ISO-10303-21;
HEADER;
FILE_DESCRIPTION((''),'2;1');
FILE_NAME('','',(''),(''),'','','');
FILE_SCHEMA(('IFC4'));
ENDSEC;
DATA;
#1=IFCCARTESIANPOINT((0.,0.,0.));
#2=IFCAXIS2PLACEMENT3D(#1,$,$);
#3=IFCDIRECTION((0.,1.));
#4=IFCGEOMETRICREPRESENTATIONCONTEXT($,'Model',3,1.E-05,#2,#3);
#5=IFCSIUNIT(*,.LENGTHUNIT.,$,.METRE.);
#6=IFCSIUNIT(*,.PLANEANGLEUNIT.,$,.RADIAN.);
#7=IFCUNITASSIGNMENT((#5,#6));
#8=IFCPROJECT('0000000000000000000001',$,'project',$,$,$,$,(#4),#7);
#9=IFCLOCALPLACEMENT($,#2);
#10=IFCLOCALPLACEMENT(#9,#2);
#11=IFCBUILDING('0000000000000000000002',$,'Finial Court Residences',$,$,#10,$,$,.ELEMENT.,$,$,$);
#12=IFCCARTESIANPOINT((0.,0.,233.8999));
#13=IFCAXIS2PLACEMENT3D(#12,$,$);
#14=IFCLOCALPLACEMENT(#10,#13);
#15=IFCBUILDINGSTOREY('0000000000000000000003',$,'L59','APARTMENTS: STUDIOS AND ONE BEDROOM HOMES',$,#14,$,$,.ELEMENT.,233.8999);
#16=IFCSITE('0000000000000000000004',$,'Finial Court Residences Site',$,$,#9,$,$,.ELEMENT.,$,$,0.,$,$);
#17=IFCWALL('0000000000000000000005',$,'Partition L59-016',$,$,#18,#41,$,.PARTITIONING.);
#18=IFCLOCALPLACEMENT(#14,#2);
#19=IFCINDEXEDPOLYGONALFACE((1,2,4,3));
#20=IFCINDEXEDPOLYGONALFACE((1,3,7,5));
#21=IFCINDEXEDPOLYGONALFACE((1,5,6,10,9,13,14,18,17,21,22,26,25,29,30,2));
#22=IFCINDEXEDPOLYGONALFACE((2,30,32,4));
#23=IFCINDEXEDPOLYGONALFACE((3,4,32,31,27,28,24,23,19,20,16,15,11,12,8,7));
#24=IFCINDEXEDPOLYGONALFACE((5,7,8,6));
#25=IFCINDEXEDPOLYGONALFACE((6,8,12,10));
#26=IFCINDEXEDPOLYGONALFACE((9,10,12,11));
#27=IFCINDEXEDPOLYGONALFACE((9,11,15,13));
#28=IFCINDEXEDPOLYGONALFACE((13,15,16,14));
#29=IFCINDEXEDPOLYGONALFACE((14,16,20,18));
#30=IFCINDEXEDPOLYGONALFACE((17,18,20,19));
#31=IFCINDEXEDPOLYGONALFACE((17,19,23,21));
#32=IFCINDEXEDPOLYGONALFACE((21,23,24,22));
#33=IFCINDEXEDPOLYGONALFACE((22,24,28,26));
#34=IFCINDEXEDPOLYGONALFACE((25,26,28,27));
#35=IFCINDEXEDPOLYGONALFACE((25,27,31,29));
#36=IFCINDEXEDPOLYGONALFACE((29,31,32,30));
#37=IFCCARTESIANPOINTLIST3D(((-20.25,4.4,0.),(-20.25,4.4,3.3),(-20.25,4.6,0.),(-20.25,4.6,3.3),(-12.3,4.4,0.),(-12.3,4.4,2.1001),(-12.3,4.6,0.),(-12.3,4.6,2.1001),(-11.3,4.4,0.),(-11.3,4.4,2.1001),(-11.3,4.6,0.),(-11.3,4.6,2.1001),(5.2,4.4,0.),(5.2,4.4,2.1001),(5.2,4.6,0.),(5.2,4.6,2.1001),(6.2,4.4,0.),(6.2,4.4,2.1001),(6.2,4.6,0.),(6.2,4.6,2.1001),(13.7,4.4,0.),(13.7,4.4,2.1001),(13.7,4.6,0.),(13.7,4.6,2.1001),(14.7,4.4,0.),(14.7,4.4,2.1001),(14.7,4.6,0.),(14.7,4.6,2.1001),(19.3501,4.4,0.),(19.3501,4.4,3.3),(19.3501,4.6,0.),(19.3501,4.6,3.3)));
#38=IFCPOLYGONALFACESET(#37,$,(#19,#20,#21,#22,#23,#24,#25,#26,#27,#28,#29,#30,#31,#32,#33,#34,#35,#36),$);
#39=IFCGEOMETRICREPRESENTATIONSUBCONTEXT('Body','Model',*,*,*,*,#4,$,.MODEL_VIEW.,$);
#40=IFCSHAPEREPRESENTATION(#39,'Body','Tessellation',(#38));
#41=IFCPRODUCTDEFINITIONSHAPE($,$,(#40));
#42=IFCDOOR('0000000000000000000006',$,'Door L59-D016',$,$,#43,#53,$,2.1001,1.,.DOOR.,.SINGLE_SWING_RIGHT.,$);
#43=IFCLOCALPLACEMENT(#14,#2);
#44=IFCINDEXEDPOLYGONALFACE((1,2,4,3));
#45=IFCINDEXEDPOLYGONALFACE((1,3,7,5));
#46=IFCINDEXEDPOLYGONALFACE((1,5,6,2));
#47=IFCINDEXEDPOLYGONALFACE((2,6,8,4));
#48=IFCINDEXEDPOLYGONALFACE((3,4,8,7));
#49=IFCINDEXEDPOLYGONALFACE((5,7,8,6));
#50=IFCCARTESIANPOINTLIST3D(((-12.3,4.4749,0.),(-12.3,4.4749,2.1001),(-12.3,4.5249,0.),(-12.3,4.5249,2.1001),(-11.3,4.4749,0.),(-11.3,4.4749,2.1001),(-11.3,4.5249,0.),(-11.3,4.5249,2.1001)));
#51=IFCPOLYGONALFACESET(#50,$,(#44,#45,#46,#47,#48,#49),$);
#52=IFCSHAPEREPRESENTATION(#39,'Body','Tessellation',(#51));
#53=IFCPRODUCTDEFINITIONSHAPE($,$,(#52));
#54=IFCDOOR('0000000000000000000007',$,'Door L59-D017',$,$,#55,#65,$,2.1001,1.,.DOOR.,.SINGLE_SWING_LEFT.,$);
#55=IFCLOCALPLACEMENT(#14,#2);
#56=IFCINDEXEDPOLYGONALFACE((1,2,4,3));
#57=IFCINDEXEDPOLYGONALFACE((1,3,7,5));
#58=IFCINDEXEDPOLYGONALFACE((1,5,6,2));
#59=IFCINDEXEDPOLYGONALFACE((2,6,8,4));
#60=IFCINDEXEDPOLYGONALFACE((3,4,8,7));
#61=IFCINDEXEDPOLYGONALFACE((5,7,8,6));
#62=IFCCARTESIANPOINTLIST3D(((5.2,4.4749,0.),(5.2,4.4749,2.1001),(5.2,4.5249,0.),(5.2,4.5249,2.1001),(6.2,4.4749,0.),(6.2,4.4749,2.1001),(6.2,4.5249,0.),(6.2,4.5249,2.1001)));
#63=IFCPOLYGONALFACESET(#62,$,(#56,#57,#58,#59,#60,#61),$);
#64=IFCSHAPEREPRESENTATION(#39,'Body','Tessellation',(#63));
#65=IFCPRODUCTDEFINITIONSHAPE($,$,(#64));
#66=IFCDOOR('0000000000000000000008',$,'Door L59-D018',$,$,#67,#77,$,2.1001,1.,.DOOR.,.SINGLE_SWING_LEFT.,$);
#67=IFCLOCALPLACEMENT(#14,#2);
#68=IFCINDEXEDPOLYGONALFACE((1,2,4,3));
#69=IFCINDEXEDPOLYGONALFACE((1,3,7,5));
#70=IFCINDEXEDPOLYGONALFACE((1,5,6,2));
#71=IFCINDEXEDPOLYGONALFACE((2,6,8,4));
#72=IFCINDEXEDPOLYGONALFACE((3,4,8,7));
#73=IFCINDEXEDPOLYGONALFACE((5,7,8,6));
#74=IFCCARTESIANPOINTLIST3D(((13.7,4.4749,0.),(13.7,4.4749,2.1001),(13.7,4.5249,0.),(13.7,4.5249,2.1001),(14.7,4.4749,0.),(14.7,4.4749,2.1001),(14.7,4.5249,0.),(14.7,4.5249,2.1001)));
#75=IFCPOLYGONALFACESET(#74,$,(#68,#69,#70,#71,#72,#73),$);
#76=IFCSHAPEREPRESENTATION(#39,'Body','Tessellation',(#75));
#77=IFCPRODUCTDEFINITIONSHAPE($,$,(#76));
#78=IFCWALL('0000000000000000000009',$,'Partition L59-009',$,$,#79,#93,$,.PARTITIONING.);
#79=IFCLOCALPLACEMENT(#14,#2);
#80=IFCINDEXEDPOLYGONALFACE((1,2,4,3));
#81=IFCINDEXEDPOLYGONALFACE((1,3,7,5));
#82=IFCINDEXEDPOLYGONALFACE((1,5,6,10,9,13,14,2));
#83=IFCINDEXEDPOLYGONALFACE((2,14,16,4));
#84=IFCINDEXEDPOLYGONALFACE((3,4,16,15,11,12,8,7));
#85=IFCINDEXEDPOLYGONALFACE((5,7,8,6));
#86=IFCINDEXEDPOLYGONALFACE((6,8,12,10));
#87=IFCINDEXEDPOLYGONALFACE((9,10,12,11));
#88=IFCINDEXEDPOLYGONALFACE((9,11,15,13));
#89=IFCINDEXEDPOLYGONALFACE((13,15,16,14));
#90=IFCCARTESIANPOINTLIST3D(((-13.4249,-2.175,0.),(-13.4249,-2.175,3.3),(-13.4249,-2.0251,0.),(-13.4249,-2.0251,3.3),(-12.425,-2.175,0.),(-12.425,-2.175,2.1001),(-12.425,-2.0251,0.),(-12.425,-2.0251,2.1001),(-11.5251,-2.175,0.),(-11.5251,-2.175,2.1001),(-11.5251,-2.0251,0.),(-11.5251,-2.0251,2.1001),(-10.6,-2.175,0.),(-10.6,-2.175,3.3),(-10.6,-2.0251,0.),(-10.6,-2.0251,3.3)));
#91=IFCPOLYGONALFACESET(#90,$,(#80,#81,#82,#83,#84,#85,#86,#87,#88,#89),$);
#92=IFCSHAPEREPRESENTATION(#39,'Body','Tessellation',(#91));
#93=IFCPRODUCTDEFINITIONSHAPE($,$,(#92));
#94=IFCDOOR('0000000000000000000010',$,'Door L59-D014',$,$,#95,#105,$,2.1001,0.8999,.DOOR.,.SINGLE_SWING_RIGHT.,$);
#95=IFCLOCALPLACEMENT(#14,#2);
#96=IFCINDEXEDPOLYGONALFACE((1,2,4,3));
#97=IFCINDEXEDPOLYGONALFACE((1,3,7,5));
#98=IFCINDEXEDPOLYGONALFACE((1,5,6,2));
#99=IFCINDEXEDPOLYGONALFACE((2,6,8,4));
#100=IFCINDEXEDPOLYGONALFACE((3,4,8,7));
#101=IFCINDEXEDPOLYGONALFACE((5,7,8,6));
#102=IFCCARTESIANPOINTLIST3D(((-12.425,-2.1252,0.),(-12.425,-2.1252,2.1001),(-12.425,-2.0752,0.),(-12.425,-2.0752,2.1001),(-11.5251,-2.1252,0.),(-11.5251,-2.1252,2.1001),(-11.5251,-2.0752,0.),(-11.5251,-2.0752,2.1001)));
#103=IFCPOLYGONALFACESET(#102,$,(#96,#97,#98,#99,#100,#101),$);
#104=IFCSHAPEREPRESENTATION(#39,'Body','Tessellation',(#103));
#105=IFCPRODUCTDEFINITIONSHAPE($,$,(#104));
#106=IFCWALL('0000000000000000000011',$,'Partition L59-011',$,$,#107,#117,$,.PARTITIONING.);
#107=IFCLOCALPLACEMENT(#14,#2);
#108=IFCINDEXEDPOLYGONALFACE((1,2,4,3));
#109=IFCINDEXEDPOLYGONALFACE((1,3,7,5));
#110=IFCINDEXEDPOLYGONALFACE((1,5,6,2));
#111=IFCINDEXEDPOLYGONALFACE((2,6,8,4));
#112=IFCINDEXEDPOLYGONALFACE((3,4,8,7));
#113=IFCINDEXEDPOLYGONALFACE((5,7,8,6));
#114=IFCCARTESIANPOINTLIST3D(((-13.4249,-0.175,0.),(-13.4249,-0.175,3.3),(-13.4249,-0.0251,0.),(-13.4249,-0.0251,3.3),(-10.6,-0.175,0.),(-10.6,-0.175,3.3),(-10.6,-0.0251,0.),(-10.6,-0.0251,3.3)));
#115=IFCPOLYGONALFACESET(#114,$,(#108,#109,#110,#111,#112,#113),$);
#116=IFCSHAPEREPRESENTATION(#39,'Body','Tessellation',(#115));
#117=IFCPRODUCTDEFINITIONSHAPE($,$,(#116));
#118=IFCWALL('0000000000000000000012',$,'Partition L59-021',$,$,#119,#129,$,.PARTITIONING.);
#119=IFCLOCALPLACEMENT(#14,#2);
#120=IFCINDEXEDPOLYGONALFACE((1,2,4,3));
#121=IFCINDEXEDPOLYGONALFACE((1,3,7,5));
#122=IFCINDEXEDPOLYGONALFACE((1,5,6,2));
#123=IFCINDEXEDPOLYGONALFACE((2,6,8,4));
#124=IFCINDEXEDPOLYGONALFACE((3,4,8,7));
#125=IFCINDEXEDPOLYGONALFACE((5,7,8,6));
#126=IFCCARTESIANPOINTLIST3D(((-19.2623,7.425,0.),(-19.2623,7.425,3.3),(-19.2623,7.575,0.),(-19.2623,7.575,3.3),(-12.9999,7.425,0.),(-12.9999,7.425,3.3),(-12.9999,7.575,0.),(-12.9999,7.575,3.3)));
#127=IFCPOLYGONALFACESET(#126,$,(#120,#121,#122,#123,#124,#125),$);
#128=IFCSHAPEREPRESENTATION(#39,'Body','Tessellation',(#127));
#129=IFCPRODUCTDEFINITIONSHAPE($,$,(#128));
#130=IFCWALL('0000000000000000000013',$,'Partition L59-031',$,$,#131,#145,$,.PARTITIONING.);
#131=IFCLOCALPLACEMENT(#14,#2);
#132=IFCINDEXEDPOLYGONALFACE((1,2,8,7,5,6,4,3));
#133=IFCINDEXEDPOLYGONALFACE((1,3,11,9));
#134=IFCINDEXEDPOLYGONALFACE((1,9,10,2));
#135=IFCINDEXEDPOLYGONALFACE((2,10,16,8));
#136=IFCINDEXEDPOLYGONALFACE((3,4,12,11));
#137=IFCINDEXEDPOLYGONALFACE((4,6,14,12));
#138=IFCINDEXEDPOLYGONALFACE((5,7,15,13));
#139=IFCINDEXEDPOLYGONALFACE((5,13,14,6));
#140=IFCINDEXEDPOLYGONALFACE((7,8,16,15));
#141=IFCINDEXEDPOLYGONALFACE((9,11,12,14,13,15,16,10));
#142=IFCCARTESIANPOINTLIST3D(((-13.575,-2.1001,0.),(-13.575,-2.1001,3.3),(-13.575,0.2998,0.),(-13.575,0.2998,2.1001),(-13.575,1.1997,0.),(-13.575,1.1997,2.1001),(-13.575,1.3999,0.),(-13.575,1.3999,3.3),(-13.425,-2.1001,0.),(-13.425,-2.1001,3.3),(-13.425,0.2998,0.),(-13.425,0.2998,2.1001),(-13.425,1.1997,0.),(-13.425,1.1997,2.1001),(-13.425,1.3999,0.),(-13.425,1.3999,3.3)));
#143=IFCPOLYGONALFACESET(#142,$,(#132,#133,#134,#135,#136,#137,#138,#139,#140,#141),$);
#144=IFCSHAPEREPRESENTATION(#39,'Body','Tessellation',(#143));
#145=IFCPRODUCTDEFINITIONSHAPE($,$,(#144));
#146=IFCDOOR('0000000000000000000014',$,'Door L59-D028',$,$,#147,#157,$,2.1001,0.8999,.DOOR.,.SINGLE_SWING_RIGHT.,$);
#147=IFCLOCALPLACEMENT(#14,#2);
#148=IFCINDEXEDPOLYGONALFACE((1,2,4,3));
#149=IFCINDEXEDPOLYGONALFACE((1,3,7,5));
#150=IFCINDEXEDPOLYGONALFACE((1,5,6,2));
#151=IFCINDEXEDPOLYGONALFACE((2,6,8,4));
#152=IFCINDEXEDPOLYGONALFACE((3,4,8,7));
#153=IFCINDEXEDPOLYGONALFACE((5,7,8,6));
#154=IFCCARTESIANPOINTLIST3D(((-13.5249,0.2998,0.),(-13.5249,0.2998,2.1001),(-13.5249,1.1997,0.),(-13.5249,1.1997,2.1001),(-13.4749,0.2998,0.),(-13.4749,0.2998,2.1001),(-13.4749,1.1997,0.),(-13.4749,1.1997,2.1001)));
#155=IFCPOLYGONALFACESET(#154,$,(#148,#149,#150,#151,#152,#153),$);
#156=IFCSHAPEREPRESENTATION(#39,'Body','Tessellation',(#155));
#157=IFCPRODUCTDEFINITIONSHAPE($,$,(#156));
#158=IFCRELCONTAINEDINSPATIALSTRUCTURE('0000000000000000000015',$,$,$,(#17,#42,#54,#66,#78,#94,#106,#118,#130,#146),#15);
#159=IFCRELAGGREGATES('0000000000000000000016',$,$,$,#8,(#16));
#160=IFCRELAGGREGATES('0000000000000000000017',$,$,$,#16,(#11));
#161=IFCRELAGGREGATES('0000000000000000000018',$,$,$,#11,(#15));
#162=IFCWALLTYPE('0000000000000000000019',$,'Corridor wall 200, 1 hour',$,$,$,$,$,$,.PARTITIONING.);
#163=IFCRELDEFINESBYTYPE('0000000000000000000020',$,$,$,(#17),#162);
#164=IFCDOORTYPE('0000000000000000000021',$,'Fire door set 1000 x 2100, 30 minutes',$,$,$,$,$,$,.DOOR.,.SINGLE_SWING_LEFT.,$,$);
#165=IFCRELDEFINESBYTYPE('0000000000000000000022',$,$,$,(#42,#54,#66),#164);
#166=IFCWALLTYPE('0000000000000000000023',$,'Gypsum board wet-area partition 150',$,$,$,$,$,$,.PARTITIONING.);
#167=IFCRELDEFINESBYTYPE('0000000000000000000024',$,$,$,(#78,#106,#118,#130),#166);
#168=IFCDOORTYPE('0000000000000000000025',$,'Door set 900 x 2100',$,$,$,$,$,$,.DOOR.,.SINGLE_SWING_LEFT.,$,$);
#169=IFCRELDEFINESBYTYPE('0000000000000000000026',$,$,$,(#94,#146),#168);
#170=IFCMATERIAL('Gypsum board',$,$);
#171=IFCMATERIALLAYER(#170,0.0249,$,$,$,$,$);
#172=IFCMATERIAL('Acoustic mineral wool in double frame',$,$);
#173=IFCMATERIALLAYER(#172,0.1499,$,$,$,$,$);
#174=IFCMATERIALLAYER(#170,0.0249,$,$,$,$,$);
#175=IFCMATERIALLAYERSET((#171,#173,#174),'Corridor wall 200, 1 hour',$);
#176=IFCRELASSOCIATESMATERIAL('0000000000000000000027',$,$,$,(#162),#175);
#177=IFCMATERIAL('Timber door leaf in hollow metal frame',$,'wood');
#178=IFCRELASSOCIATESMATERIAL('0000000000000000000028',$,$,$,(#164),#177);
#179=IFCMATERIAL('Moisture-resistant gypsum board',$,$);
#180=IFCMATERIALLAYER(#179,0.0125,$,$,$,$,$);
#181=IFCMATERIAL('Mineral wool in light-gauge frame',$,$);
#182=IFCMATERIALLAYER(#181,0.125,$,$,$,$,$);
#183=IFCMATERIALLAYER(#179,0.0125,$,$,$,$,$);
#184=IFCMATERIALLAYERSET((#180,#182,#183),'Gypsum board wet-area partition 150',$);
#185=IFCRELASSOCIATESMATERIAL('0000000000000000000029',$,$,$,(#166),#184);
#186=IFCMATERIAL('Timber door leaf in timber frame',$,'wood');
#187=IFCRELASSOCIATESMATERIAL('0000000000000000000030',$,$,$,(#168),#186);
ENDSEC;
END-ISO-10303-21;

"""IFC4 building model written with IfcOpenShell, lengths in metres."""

from ifc_helpers import new_model, si_unit, direction, frame, frame_2d, origin, place, context, subcontext, project, spatial, rectangle, extrude, material, layer, layer_set, type_object, element, fill, save


model = new_model("IFC4")

# Units and contexts
model_context = context("Model", 3, precision=1e-05, world=origin(), true_north=direction((0.0, 1.0)))
body_context = subcontext(model_context, "Body", "Model", "MODEL_VIEW")
ifc_project = project(units=[si_unit("LENGTHUNIT", "METRE"), si_unit("PLANEANGLEUNIT", "RADIAN")], contexts=[model_context])

# Site, building, storey
site_placement = place(None, origin())
site = spatial("IfcSite", under=ifc_project, at=site_placement, Name="Finial Court Residences Site", CompositionType="ELEMENT", RefElevation=0.0)
building_placement = place(site_placement, origin())
building = spatial("IfcBuilding", under=site, at=building_placement, Name="Finial Court Residences", CompositionType="ELEMENT")
storey_placement = place(building_placement, frame((0.0, 0.0, 233.8999)))
storey = spatial("IfcBuildingStorey", under=building, at=storey_placement, Name="L59", Description="APARTMENTS: STUDIOS AND ONE BEDROOM HOMES", CompositionType="ELEMENT", Elevation=233.8999)

# Shared definitions
ifc_material_1 = material(Name="Gypsum board")
ifc_layer_1 = layer(ifc_material_1, 0.0249)
ifc_material_2 = material(Name="Acoustic mineral wool in double frame")
ifc_layer_2 = layer(ifc_material_2, 0.1499)
ifc_layer_3 = layer(ifc_material_1, 0.0249)
ifc_layer_set_1 = layer_set([ifc_layer_1, ifc_layer_2, ifc_layer_3], Name="Corridor wall 200, 1 hour")
wall_type_1 = type_object("IfcWallType", Name="Corridor wall 200, 1 hour", PredefinedType="PARTITIONING", material=ifc_layer_set_1)

# Wall, openings, doors
wall_1_placement = place(storey_placement, frame((-20.25, 4.5, 0.0), z_axis=(0.0, 0.0, 1.0), x_axis=(1.0, 0.0, 0.0)))
wall_1 = element("IfcWall", 1, at=wall_1_placement, inside=storey, type_object=wall_type_1, Name="Partition L59-016", PredefinedType="PARTITIONING", context=body_context, shape_type="SweptSolid", body=[
    extrude(rectangle(XDim=39.6001, YDim=0.2, at=frame_2d((19.8, 0.0))), origin(), (0.0, 0.0, 1.0), 3.3),
])
opening_1_placement = place(wall_1_placement, frame((7.95, 0.0, 0.0)))
opening_1 = element("IfcOpeningElement", 2, at=opening_1_placement, cuts=wall_1, PredefinedType="OPENING", context=body_context, shape_type="SweptSolid", body=[
    extrude(rectangle(XDim=1.0, YDim=2.1001, at=frame_2d((0.5, 1.05))), frame((0.0, 0.1099, 0.0), z_axis=(0.0, -1.0, 0.0), x_axis=(1.0, 0.0, 0.0)), (0.0, 0.0, 1.0), 0.22),
])
opening_2_placement = place(wall_1_placement, frame((25.45, 0.0, 0.0)))
opening_2 = element("IfcOpeningElement", 3, at=opening_2_placement, cuts=wall_1, PredefinedType="OPENING", context=body_context, shape_type="SweptSolid", body=[
    extrude(rectangle(XDim=1.0, YDim=2.1001, at=frame_2d((0.5, 1.05))), frame((0.0, 0.1099, 0.0), z_axis=(0.0, -1.0, 0.0), x_axis=(1.0, 0.0, 0.0)), (0.0, 0.0, 1.0), 0.22),
])
opening_3_placement = place(wall_1_placement, frame((33.95, 0.0, 0.0)))
opening_3 = element("IfcOpeningElement", 4, at=opening_3_placement, cuts=wall_1, PredefinedType="OPENING", context=body_context, shape_type="SweptSolid", body=[
    extrude(rectangle(XDim=1.0, YDim=2.1001, at=frame_2d((0.5, 1.05))), frame((0.0, 0.1099, 0.0), z_axis=(0.0, -1.0, 0.0), x_axis=(1.0, 0.0, 0.0)), (0.0, 0.0, 1.0), 0.22),
])
ifc_material_3 = material(Name="Timber door leaf in hollow metal frame", Category="wood")
door_type_1 = type_object("IfcDoorType", Name="Fire door set 1000 x 2100, 30 minutes", OperationType="SINGLE_SWING_LEFT", PredefinedType="DOOR", material=ifc_material_3)
door_1_placement = place(opening_1_placement, origin())
door_1 = element("IfcDoor", 5, at=door_1_placement, inside=storey, type_object=door_type_1, Name="Door L59-D016", OperationType="SINGLE_SWING_RIGHT", OverallHeight=2.1001, OverallWidth=1.0, PredefinedType="DOOR", context=body_context, shape_type="SweptSolid", body=[
    extrude(rectangle(XDim=1.0, YDim=2.1001, at=frame_2d((0.5, 1.05))), frame((0.0, 0.0249, 0.0), z_axis=(0.0, -1.0, 0.0), x_axis=(1.0, 0.0, 0.0)), (0.0, 0.0, 1.0), 0.05),
])
fill(opening_1, door_1)
door_2_placement = place(opening_2_placement, origin())
door_2 = element("IfcDoor", 6, at=door_2_placement, inside=storey, type_object=door_type_1, Name="Door L59-D017", OperationType="SINGLE_SWING_LEFT", OverallHeight=2.1001, OverallWidth=1.0, PredefinedType="DOOR", context=body_context, shape_type="SweptSolid", body=[
    extrude(rectangle(XDim=1.0, YDim=2.1001, at=frame_2d((0.5, 1.05))), frame((0.0, 0.0249, 0.0), z_axis=(0.0, -1.0, 0.0), x_axis=(1.0, 0.0, 0.0)), (0.0, 0.0, 1.0), 0.05),
])
fill(opening_2, door_2)
door_3_placement = place(opening_3_placement, origin())
door_3 = element("IfcDoor", 7, at=door_3_placement, inside=storey, type_object=door_type_1, Name="Door L59-D018", OperationType="SINGLE_SWING_LEFT", OverallHeight=2.1001, OverallWidth=1.0, PredefinedType="DOOR", context=body_context, shape_type="SweptSolid", body=[
    extrude(rectangle(XDim=1.0, YDim=2.1001, at=frame_2d((0.5, 1.05))), frame((0.0, 0.0249, 0.0), z_axis=(0.0, -1.0, 0.0), x_axis=(1.0, 0.0, 0.0)), (0.0, 0.0, 1.0), 0.05),
])
fill(opening_3, door_3)

# Wall, opening, door
ifc_material_4 = material(Name="Moisture-resistant gypsum board")
ifc_layer_4 = layer(ifc_material_4, 0.0125)
ifc_material_5 = material(Name="Mineral wool in light-gauge frame")
ifc_layer_5 = layer(ifc_material_5, 0.125)
ifc_layer_6 = layer(ifc_material_4, 0.0125)
ifc_layer_set_2 = layer_set([ifc_layer_4, ifc_layer_5, ifc_layer_6], Name="Gypsum board wet-area partition 150")
wall_type_2 = type_object("IfcWallType", Name="Gypsum board wet-area partition 150", PredefinedType="PARTITIONING", material=ifc_layer_set_2)
wall_2_placement = place(storey_placement, frame((-13.425, -2.1001, 0.0), z_axis=(0.0, 0.0, 1.0), x_axis=(1.0, 0.0, 0.0)))
wall_2 = element("IfcWall", 8, at=wall_2_placement, inside=storey, type_object=wall_type_2, Name="Partition L59-009", PredefinedType="PARTITIONING", context=body_context, shape_type="SweptSolid", body=[
    extrude(rectangle(XDim=2.825, YDim=0.1499, at=frame_2d((1.4126, 0.0))), origin(), (0.0, 0.0, 1.0), 3.3),
])
opening_4_placement = place(wall_2_placement, frame((1.0, 0.0, 0.0)))
opening_4 = element("IfcOpeningElement", 9, at=opening_4_placement, cuts=wall_2, PredefinedType="OPENING", context=body_context, shape_type="SweptSolid", body=[
    extrude(rectangle(XDim=0.8999, YDim=2.1001, at=frame_2d((0.45, 1.05))), frame((0.0, 0.085, 0.0), z_axis=(0.0, -1.0, 0.0), x_axis=(1.0, 0.0, 0.0)), (0.0, 0.0, 1.0), 0.1699),
])
ifc_material_6 = material(Name="Timber door leaf in timber frame", Category="wood")
door_type_2 = type_object("IfcDoorType", Name="Door set 900 x 2100", OperationType="SINGLE_SWING_LEFT", PredefinedType="DOOR", material=ifc_material_6)
door_4_placement = place(opening_4_placement, origin())
door_4 = element("IfcDoor", 10, at=door_4_placement, inside=storey, type_object=door_type_2, Name="Door L59-D014", OperationType="SINGLE_SWING_RIGHT", OverallHeight=2.1001, OverallWidth=0.8999, PredefinedType="DOOR", context=body_context, shape_type="SweptSolid", body=[
    extrude(rectangle(XDim=0.8999, YDim=2.1001, at=frame_2d((0.45, 1.05))), frame((0.0, 0.0249, 0.0), z_axis=(0.0, -1.0, 0.0), x_axis=(1.0, 0.0, 0.0)), (0.0, 0.0, 1.0), 0.05),
])
fill(opening_4, door_4)

# Walls
wall_3_placement = place(storey_placement, frame((-13.425, -0.1001, 0.0), z_axis=(0.0, 0.0, 1.0), x_axis=(1.0, 0.0, 0.0)))
element("IfcWall", 11, at=wall_3_placement, inside=storey, type_object=wall_type_2, Name="Partition L59-011", PredefinedType="PARTITIONING", context=body_context, shape_type="SweptSolid", body=[
    extrude(rectangle(XDim=2.825, YDim=0.1499, at=frame_2d((1.4126, 0.0))), origin(), (0.0, 0.0, 1.0), 3.3),
])
wall_4_placement = place(storey_placement, frame((-19.2625, 7.5, 0.0), z_axis=(0.0, 0.0, 1.0), x_axis=(1.0, 0.0, 0.0)))
element("IfcWall", 12, at=wall_4_placement, inside=storey, type_object=wall_type_2, Name="Partition L59-021", PredefinedType="PARTITIONING", context=body_context, shape_type="SweptSolid", body=[
    extrude(rectangle(XDim=6.2625, YDim=0.1499, at=frame_2d((3.1313, 0.0))), origin(), (0.0, 0.0, 1.0), 3.3),
])

# Wall, opening, door
wall_5_placement = place(storey_placement, frame((-13.5, -2.1001, 0.0), z_axis=(0.0, 0.0, 1.0), x_axis=(0.0, 1.0, 0.0)))
wall_5 = element("IfcWall", 13, at=wall_5_placement, inside=storey, type_object=wall_type_2, Name="Partition L59-031", PredefinedType="PARTITIONING", context=body_context, shape_type="SweptSolid", body=[
    extrude(rectangle(XDim=3.5, YDim=0.1499, at=frame_2d((1.75, 0.0))), origin(), (0.0, 0.0, 1.0), 3.3),
])
opening_5_placement = place(wall_5_placement, frame((2.3999, 0.0, 0.0)))
opening_5 = element("IfcOpeningElement", 14, at=opening_5_placement, cuts=wall_5, PredefinedType="OPENING", context=body_context, shape_type="SweptSolid", body=[
    extrude(rectangle(XDim=0.8999, YDim=2.1001, at=frame_2d((0.45, 1.05))), frame((0.0, 0.085, 0.0), z_axis=(0.0, -1.0, 0.0), x_axis=(1.0, 0.0, 0.0)), (0.0, 0.0, 1.0), 0.1699),
])
door_5_placement = place(opening_5_placement, origin())
door_5 = element("IfcDoor", 15, at=door_5_placement, inside=storey, type_object=door_type_2, Name="Door L59-D028", OperationType="SINGLE_SWING_RIGHT", OverallHeight=2.1001, OverallWidth=0.8999, PredefinedType="DOOR", context=body_context, shape_type="SweptSolid", body=[
    extrude(rectangle(XDim=0.8999, YDim=2.1001, at=frame_2d((0.45, 1.05))), frame((0.0, 0.0249, 0.0), z_axis=(0.0, -1.0, 0.0), x_axis=(1.0, 0.0, 0.0)), (0.0, 0.0, 1.0), 0.05),
])
fill(opening_5, door_5)

save(model, "model.ifc")
